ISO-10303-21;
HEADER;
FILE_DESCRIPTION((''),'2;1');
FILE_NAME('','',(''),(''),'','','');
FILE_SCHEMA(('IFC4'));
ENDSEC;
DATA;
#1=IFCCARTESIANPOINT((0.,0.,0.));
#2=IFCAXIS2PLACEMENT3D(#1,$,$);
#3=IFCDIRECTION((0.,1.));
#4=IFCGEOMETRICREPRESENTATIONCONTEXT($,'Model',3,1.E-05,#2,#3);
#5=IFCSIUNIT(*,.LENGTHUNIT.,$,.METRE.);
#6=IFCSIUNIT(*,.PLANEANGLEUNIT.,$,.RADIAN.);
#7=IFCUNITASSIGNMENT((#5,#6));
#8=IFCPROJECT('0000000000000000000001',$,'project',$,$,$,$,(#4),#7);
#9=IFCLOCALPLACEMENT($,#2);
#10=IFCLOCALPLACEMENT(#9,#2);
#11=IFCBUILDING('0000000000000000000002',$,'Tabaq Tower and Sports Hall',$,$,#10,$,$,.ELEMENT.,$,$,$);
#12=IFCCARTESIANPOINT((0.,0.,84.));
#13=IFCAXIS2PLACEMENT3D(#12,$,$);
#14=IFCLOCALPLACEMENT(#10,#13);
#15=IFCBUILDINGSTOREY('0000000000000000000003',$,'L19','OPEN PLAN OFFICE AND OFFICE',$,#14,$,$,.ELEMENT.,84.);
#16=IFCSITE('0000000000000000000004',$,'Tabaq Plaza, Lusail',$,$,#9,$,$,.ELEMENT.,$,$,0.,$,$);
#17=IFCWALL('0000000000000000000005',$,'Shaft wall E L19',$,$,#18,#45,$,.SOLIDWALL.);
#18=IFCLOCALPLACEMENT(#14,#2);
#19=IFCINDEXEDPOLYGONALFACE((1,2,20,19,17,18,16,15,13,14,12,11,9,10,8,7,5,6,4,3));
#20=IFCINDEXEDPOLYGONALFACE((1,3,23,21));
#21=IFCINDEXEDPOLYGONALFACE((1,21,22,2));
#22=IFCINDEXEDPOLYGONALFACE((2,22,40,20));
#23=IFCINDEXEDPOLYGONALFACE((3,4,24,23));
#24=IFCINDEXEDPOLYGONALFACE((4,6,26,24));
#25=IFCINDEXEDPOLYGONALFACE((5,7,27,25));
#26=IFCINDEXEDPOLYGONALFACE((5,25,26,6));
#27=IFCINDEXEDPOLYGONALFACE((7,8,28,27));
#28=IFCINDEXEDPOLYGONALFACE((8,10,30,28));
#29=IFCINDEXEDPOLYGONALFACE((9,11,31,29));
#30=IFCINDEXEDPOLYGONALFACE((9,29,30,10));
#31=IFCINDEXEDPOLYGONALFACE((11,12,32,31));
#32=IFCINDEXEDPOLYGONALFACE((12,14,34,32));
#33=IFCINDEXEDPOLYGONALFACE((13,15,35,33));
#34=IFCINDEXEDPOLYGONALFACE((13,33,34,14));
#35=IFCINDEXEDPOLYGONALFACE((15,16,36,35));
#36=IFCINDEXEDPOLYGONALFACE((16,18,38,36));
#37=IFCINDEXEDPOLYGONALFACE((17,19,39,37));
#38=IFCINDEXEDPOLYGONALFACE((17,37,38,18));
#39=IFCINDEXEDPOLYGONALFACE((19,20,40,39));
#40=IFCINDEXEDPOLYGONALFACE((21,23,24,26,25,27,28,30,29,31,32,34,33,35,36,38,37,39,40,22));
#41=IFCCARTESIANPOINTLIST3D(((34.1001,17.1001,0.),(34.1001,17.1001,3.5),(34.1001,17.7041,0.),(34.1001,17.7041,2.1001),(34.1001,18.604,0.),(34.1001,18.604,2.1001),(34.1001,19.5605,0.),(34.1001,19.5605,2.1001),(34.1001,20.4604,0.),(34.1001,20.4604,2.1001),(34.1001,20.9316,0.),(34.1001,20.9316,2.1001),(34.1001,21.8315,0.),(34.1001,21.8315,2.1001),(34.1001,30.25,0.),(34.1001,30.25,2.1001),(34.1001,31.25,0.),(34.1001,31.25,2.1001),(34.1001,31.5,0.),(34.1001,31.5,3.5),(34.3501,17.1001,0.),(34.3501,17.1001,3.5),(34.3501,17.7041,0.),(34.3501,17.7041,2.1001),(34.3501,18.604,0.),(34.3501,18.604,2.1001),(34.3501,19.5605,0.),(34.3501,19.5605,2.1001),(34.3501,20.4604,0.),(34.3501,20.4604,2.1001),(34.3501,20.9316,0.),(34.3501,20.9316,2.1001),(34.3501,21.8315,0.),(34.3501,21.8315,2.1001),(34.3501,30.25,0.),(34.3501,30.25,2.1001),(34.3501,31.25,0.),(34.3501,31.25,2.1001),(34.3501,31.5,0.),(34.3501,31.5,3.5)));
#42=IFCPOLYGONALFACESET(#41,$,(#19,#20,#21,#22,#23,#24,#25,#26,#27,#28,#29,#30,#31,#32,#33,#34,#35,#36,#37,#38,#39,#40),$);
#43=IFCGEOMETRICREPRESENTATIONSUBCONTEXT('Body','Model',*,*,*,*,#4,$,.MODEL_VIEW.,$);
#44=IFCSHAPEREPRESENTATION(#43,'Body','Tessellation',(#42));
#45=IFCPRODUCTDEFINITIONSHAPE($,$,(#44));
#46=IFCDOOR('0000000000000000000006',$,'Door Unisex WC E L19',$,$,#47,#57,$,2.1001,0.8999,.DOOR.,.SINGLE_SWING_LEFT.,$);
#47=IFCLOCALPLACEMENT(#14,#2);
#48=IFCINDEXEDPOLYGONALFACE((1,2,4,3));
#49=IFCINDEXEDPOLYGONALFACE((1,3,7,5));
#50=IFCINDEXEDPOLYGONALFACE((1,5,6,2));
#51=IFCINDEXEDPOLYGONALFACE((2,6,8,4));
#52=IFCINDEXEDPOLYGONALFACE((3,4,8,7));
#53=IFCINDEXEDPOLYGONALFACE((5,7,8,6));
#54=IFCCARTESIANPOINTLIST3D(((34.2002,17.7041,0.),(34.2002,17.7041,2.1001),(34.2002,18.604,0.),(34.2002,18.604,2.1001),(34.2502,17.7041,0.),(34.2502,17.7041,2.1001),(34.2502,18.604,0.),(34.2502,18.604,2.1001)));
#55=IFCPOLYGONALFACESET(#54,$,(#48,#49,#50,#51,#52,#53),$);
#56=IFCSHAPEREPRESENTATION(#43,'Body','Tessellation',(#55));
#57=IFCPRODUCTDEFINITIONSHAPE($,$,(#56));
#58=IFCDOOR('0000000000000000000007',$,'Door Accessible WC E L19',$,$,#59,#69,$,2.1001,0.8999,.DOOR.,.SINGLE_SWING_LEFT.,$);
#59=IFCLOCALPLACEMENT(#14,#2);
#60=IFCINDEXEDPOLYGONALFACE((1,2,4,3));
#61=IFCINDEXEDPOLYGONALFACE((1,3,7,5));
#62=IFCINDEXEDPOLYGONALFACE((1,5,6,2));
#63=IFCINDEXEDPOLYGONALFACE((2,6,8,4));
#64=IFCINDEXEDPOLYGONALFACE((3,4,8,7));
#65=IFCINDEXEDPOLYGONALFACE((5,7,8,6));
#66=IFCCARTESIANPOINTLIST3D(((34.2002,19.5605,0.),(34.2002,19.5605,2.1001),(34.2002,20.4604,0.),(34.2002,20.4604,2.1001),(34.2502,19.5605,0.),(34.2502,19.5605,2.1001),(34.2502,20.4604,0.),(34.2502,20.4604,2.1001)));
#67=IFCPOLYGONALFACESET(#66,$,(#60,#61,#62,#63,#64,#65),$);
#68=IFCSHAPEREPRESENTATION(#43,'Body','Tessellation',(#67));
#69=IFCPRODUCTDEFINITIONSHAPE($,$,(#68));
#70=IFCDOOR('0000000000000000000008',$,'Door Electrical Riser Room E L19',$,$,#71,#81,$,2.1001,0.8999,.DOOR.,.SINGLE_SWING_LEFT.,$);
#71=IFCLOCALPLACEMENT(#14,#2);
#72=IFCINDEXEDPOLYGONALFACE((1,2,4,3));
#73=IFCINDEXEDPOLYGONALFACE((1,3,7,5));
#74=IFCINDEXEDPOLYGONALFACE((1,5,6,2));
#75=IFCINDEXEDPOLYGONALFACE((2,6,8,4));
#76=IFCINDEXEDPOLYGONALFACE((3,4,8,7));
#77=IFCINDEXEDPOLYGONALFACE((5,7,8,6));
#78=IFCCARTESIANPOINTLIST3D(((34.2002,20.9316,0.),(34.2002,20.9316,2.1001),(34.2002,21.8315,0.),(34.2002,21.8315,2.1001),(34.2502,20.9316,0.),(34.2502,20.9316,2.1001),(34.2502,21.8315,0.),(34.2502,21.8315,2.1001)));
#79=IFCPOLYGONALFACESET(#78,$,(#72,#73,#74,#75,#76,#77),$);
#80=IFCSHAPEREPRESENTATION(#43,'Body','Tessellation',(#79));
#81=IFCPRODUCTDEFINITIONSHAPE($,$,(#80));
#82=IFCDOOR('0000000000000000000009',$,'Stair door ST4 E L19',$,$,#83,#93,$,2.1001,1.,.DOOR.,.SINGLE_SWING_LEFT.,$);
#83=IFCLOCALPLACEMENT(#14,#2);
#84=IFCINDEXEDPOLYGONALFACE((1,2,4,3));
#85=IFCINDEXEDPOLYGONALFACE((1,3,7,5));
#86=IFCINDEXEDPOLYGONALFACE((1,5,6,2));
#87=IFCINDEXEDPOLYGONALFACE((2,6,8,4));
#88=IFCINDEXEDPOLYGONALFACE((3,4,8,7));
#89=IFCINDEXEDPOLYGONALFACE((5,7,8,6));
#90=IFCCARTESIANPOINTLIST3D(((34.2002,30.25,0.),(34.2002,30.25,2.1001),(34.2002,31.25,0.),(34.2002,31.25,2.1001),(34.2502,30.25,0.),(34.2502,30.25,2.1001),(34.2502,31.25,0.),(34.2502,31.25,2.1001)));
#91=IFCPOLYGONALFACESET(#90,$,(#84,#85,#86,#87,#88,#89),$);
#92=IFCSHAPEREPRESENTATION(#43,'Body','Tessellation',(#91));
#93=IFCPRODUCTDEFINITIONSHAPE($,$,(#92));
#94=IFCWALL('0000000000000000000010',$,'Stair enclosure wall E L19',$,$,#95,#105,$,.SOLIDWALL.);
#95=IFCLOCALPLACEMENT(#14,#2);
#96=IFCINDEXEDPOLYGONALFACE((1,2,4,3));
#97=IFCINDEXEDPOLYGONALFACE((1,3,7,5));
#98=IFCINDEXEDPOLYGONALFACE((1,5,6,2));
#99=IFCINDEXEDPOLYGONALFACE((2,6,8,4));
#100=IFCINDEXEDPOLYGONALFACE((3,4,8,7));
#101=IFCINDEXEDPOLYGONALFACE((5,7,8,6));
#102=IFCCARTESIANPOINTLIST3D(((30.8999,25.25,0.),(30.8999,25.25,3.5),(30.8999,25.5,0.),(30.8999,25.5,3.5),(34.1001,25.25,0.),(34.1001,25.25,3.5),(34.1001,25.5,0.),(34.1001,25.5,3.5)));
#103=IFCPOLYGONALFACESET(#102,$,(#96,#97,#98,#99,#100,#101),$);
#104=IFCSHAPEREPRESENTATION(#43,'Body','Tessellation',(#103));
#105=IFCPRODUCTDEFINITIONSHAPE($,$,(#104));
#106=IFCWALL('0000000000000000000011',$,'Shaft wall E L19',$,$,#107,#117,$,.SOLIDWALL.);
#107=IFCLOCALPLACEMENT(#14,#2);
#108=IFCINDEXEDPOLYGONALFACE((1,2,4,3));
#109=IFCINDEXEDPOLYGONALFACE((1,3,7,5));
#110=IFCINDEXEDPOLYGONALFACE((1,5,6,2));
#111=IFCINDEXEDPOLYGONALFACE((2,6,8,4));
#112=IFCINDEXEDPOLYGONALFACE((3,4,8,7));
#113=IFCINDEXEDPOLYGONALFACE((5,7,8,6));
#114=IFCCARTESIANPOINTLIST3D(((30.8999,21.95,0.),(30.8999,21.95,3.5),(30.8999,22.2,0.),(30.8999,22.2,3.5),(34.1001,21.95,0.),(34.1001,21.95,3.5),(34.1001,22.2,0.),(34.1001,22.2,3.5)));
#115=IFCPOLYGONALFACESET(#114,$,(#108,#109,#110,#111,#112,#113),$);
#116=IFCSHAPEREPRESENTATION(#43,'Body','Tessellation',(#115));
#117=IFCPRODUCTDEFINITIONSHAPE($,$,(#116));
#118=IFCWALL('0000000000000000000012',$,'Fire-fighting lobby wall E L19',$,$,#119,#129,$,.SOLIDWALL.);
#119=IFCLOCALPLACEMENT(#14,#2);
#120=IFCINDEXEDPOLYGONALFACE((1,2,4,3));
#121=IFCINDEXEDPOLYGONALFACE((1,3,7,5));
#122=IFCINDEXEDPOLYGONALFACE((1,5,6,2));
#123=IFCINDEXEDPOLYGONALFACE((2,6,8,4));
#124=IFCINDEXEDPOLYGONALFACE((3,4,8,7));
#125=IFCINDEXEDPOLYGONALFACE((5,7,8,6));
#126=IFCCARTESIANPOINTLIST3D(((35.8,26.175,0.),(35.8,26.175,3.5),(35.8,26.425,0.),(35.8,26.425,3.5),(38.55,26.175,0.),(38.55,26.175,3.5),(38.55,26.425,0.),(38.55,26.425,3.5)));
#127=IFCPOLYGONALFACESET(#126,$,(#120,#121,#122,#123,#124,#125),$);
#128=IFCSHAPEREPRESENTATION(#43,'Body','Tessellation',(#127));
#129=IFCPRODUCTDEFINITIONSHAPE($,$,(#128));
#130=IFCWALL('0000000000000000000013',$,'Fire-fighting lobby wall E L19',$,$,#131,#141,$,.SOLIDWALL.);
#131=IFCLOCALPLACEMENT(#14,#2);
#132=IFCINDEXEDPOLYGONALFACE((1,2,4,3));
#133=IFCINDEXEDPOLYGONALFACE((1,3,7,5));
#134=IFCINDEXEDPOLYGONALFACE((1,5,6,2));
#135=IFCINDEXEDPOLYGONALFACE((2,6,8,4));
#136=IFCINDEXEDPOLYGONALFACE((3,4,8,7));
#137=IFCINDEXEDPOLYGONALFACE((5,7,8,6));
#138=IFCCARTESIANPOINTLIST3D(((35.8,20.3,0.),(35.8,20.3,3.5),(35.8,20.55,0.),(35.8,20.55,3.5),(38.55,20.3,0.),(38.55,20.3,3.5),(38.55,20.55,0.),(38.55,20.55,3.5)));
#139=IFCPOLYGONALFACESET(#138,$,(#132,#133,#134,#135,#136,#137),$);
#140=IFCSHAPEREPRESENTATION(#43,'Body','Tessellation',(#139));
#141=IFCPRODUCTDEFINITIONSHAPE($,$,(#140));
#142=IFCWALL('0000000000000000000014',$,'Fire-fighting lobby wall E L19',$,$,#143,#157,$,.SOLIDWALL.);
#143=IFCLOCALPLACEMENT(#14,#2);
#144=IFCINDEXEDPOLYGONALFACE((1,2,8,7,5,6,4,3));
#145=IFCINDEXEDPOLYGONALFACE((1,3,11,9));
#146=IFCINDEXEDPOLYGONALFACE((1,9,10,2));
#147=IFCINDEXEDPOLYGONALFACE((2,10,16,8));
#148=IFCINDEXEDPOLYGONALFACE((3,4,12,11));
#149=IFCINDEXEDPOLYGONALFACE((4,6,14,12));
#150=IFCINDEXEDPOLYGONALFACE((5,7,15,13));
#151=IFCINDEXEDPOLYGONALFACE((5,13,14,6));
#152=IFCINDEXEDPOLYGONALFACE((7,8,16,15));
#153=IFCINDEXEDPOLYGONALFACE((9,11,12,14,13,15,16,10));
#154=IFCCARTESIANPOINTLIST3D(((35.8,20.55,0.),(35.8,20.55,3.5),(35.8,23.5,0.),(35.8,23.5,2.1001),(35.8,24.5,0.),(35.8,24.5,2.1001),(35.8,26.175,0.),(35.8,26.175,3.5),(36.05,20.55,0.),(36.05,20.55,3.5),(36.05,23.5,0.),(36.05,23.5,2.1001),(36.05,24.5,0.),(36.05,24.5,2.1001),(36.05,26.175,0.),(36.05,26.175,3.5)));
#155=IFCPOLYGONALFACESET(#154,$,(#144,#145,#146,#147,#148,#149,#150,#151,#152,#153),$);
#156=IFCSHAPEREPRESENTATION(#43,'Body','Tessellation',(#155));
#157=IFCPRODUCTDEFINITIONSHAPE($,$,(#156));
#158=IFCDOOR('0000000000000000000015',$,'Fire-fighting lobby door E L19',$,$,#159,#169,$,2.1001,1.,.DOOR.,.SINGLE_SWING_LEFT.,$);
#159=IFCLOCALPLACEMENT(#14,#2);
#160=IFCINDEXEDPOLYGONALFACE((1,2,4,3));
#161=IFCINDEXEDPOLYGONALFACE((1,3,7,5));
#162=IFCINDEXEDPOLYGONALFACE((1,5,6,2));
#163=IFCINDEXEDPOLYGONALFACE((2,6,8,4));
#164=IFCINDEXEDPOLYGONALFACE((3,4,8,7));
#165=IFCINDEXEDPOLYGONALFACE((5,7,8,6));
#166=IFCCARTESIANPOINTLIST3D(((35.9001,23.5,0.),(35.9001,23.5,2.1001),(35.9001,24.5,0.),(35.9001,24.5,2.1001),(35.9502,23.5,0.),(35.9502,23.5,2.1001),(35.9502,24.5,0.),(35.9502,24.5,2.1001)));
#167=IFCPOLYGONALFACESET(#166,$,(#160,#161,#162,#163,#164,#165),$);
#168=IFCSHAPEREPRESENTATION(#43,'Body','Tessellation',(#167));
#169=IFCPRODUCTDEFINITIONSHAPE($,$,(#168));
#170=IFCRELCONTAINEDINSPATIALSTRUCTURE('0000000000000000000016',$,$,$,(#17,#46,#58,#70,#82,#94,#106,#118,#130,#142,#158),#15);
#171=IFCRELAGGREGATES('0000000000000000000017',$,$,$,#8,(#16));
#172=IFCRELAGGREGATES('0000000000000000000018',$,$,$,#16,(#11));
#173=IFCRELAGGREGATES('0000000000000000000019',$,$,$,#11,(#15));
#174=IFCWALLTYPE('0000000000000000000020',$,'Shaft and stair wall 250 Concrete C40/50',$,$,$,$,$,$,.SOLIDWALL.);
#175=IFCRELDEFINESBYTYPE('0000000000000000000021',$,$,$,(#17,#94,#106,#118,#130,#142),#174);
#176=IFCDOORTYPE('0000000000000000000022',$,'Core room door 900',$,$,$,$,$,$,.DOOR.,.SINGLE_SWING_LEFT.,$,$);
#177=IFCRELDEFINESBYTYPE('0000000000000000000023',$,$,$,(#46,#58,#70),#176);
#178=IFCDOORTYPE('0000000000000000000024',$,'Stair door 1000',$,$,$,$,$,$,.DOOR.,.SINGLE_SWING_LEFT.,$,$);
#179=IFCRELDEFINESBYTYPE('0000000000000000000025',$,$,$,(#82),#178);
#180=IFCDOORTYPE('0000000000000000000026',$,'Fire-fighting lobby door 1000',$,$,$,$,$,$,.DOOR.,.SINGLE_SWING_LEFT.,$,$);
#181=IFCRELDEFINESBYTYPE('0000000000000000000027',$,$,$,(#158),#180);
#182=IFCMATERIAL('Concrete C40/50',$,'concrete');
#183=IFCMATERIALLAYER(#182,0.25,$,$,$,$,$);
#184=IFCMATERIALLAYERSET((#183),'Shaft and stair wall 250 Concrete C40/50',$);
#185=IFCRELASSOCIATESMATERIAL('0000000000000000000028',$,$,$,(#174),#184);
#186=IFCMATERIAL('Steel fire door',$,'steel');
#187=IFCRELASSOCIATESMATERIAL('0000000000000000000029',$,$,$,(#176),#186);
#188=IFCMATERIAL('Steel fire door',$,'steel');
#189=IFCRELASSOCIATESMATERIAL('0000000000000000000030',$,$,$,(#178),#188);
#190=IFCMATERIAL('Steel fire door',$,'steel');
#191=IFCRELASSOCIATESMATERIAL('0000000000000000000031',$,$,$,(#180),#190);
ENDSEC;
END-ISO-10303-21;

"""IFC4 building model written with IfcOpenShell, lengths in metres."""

from ifc_helpers import new_model, si_unit, direction, frame, frame_2d, origin, place, context, subcontext, project, spatial, rectangle, extrude, material, layer, layer_set, type_object, element, fill, save


model = new_model("IFC4")

# Units and contexts
model_context = context("Model", 3, precision=1e-05, world=origin(), true_north=direction((0.0, 1.0)))
body_context = subcontext(model_context, "Body", "Model", "MODEL_VIEW")
ifc_project = project(units=[si_unit("LENGTHUNIT", "METRE"), si_unit("PLANEANGLEUNIT", "RADIAN")], contexts=[model_context])

# Site, building, storey
site_placement = place(None, origin())
site = spatial("IfcSite", under=ifc_project, at=site_placement, Name="Tabaq Plaza, Lusail", CompositionType="ELEMENT", RefElevation=0.0)
building_placement = place(site_placement, origin())
building = spatial("IfcBuilding", under=site, at=building_placement, Name="Tabaq Tower and Sports Hall", CompositionType="ELEMENT")
storey_placement = place(building_placement, frame((0.0, 0.0, 84.0)))
storey = spatial("IfcBuildingStorey", under=building, at=storey_placement, Name="L19", Description="OPEN PLAN OFFICE AND OFFICE", CompositionType="ELEMENT", Elevation=84.0)

# Wall, openings, doors
ifc_material_1 = material(Name="Concrete C40/50", Category="concrete")
ifc_layer_1 = layer(ifc_material_1, 0.25)
ifc_layer_set_1 = layer_set([ifc_layer_1], Name="Shaft and stair wall 250 Concrete C40/50")
wall_type_1 = type_object("IfcWallType", Name="Shaft and stair wall 250 Concrete C40/50", PredefinedType="SOLIDWALL", material=ifc_layer_set_1)
wall_1_placement = place(storey_placement, frame((34.2251, 17.1001, 0.0), z_axis=(0.0, 0.0, 1.0), x_axis=(0.0, 1.0, 0.0)))
wall_1 = element("IfcWall", 1, at=wall_1_placement, inside=storey, type_object=wall_type_1, Name="Shaft wall E L19", PredefinedType="SOLIDWALL", context=body_context, shape_type="SweptSolid", body=[
    extrude(rectangle(XDim=14.3999, YDim=0.25, at=frame_2d((7.2, 0.0))), origin(), (0.0, 0.0, 1.0), 3.5),
])
opening_1_placement = place(wall_1_placement, frame((13.1499, 0.0, 0.0)))
opening_1 = element("IfcOpeningElement", 2, at=opening_1_placement, cuts=wall_1, PredefinedType="OPENING", context=body_context, shape_type="SweptSolid", body=[
    extrude(rectangle(XDim=1.0, YDim=2.1001, at=frame_2d((0.5, 1.05))), frame((0.0, 0.125, 0.0), z_axis=(0.0, -1.0, 0.0), x_axis=(1.0, 0.0, 0.0)), (0.0, 0.0, 1.0), 0.25),
])
opening_2_placement = place(wall_1_placement, frame((0.604, 0.0, 0.0)))
opening_2 = element("IfcOpeningElement", 3, at=opening_2_placement, cuts=wall_1, PredefinedType="OPENING", context=body_context, shape_type="SweptSolid", body=[
    extrude(rectangle(XDim=0.8999, YDim=2.1001, at=frame_2d((0.45, 1.05))), frame((0.0, 0.125, 0.0), z_axis=(0.0, -1.0, 0.0), x_axis=(1.0, 0.0, 0.0)), (0.0, 0.0, 1.0), 0.25),
])
opening_3_placement = place(wall_1_placement, frame((2.4604, 0.0, 0.0)))
opening_3 = element("IfcOpeningElement", 4, at=opening_3_placement, cuts=wall_1, PredefinedType="OPENING", context=body_context, shape_type="SweptSolid", body=[
    extrude(rectangle(XDim=0.8999, YDim=2.1001, at=frame_2d((0.45, 1.05))), frame((0.0, 0.125, 0.0), z_axis=(0.0, -1.0, 0.0), x_axis=(1.0, 0.0, 0.0)), (0.0, 0.0, 1.0), 0.25),
])
opening_4_placement = place(wall_1_placement, frame((3.8315, 0.0, 0.0)))
opening_4 = element("IfcOpeningElement", 5, at=opening_4_placement, cuts=wall_1, PredefinedType="OPENING", context=body_context, shape_type="SweptSolid", body=[
    extrude(rectangle(XDim=0.8999, YDim=2.1001, at=frame_2d((0.45, 1.05))), frame((0.0, 0.125, 0.0), z_axis=(0.0, -1.0, 0.0), x_axis=(1.0, 0.0, 0.0)), (0.0, 0.0, 1.0), 0.25),
])
ifc_material_2 = material(Name="Steel fire door", Category="steel")
door_type_1 = type_object("IfcDoorType", Name="Core room door 900", OperationType="SINGLE_SWING_LEFT", PredefinedType="DOOR", material=ifc_material_2)
door_1_placement = place(opening_2_placement, origin())
door_1 = element("IfcDoor", 6, at=door_1_placement, inside=storey, type_object=door_type_1, Name="Door Unisex WC E L19", OperationType="SINGLE_SWING_LEFT", OverallHeight=2.1001, OverallWidth=0.8999, PredefinedType="DOOR", context=body_context, shape_type="SweptSolid", body=[
    extrude(rectangle(XDim=0.8999, YDim=2.1001, at=frame_2d((0.45, 1.05))), frame((0.0, 0.0249, 0.0), z_axis=(0.0, -1.0, 0.0), x_axis=(1.0, 0.0, 0.0)), (0.0, 0.0, 1.0), 0.05),
])
fill(opening_2, door_1)
door_2_placement = place(opening_3_placement, origin())
door_2 = element("IfcDoor", 7, at=door_2_placement, inside=storey, type_object=door_type_1, Name="Door Accessible WC E L19", OperationType="SINGLE_SWING_LEFT", OverallHeight=2.1001, OverallWidth=0.8999, PredefinedType="DOOR", context=body_context, shape_type="SweptSolid", body=[
    extrude(rectangle(XDim=0.8999, YDim=2.1001, at=frame_2d((0.45, 1.05))), frame((0.0, 0.0249, 0.0), z_axis=(0.0, -1.0, 0.0), x_axis=(1.0, 0.0, 0.0)), (0.0, 0.0, 1.0), 0.05),
])
fill(opening_3, door_2)
door_3_placement = place(opening_4_placement, origin())
door_3 = element("IfcDoor", 8, at=door_3_placement, inside=storey, type_object=door_type_1, Name="Door Electrical Riser Room E L19", OperationType="SINGLE_SWING_LEFT", OverallHeight=2.1001, OverallWidth=0.8999, PredefinedType="DOOR", context=body_context, shape_type="SweptSolid", body=[
    extrude(rectangle(XDim=0.8999, YDim=2.1001, at=frame_2d((0.45, 1.05))), frame((0.0, 0.0249, 0.0), z_axis=(0.0, -1.0, 0.0), x_axis=(1.0, 0.0, 0.0)), (0.0, 0.0, 1.0), 0.05),
])
fill(opening_4, door_3)
ifc_material_3 = material(Name="Steel fire door", Category="steel")
door_type_2 = type_object("IfcDoorType", Name="Stair door 1000", OperationType="SINGLE_SWING_LEFT", PredefinedType="DOOR", material=ifc_material_3)
door_4_placement = place(opening_1_placement, origin())
door_4 = element("IfcDoor", 9, at=door_4_placement, inside=storey, type_object=door_type_2, Name="Stair door ST4 E L19", OperationType="SINGLE_SWING_LEFT", OverallHeight=2.1001, OverallWidth=1.0, PredefinedType="DOOR", context=body_context, shape_type="SweptSolid", body=[
    extrude(rectangle(XDim=1.0, YDim=2.1001, at=frame_2d((0.5, 1.05))), frame((0.0, 0.0249, 0.0), z_axis=(0.0, -1.0, 0.0), x_axis=(1.0, 0.0, 0.0)), (0.0, 0.0, 1.0), 0.05),
])
fill(opening_1, door_4)

# Walls
for number, where, z_axis, x_axis, name in (
    (10, (30.8999, 25.375, 0.0), (0.0, 0.0, 1.0), (1.0, 0.0, 0.0), "Stair enclosure wall E L19"),
    (11, (30.8999, 22.075, 0.0), (0.0, 0.0, 1.0), (1.0, 0.0, 0.0), "Shaft wall E L19"),
):
    element("IfcWall", number, at=place(storey_placement, frame(where, z_axis=z_axis, x_axis=x_axis)), inside=storey, type_object=wall_type_1, Name=name, PredefinedType="SOLIDWALL", context=body_context, shape_type="SweptSolid", body=[
        extrude(rectangle(XDim=3.2002, YDim=0.25, at=frame_2d((1.6001, 0.0))), origin(), (0.0, 0.0, 1.0), 3.5),
    ])
for number, where, z_axis, x_axis, name in (
    (12, (35.8, 26.3, 0.0), (0.0, 0.0, 1.0), (1.0, 0.0, 0.0), "Fire-fighting lobby wall E L19"),
    (13, (35.8, 20.425, 0.0), (0.0, 0.0, 1.0), (1.0, 0.0, 0.0), "Fire-fighting lobby wall E L19"),
):
    element("IfcWall", number, at=place(storey_placement, frame(where, z_axis=z_axis, x_axis=x_axis)), inside=storey, type_object=wall_type_1, Name=name, PredefinedType="SOLIDWALL", context=body_context, shape_type="SweptSolid", body=[
        extrude(rectangle(XDim=2.75, YDim=0.25, at=frame_2d((1.375, 0.0))), origin(), (0.0, 0.0, 1.0), 3.5),
    ])

# Wall, opening, door
wall_2_placement = place(storey_placement, frame((35.925, 20.55, 0.0), z_axis=(0.0, 0.0, 1.0), x_axis=(0.0, 1.0, 0.0)))
wall_2 = element("IfcWall", 14, at=wall_2_placement, inside=storey, type_object=wall_type_1, Name="Fire-fighting lobby wall E L19", PredefinedType="SOLIDWALL", context=body_context, shape_type="SweptSolid", body=[
    extrude(rectangle(XDim=5.625, YDim=0.25, at=frame_2d((2.8125, 0.0))), origin(), (0.0, 0.0, 1.0), 3.5),
])
opening_5_placement = place(wall_2_placement, frame((2.95, 0.0, 0.0)))
opening_5 = element("IfcOpeningElement", 15, at=opening_5_placement, cuts=wall_2, PredefinedType="OPENING", context=body_context, shape_type="SweptSolid", body=[
    extrude(rectangle(XDim=1.0, YDim=2.1001, at=frame_2d((0.5, 1.05))), frame((0.0, 0.125, 0.0), z_axis=(0.0, -1.0, 0.0), x_axis=(1.0, 0.0, 0.0)), (0.0, 0.0, 1.0), 0.25),
])
ifc_material_4 = material(Name="Steel fire door", Category="steel")
door_type_3 = type_object("IfcDoorType", Name="Fire-fighting lobby door 1000", OperationType="SINGLE_SWING_LEFT", PredefinedType="DOOR", material=ifc_material_4)
door_5_placement = place(opening_5_placement, origin())
door_5 = element("IfcDoor", 16, at=door_5_placement, inside=storey, type_object=door_type_3, Name="Fire-fighting lobby door E L19", OperationType="SINGLE_SWING_LEFT", OverallHeight=2.1001, OverallWidth=1.0, PredefinedType="DOOR", context=body_context, shape_type="SweptSolid", body=[
    extrude(rectangle(XDim=1.0, YDim=2.1001, at=frame_2d((0.5, 1.05))), frame((0.0, 0.0249, 0.0), z_axis=(0.0, -1.0, 0.0), x_axis=(1.0, 0.0, 0.0)), (0.0, 0.0, 1.0), 0.05),
])
fill(opening_5, door_5)

save(model, "model.ifc")
